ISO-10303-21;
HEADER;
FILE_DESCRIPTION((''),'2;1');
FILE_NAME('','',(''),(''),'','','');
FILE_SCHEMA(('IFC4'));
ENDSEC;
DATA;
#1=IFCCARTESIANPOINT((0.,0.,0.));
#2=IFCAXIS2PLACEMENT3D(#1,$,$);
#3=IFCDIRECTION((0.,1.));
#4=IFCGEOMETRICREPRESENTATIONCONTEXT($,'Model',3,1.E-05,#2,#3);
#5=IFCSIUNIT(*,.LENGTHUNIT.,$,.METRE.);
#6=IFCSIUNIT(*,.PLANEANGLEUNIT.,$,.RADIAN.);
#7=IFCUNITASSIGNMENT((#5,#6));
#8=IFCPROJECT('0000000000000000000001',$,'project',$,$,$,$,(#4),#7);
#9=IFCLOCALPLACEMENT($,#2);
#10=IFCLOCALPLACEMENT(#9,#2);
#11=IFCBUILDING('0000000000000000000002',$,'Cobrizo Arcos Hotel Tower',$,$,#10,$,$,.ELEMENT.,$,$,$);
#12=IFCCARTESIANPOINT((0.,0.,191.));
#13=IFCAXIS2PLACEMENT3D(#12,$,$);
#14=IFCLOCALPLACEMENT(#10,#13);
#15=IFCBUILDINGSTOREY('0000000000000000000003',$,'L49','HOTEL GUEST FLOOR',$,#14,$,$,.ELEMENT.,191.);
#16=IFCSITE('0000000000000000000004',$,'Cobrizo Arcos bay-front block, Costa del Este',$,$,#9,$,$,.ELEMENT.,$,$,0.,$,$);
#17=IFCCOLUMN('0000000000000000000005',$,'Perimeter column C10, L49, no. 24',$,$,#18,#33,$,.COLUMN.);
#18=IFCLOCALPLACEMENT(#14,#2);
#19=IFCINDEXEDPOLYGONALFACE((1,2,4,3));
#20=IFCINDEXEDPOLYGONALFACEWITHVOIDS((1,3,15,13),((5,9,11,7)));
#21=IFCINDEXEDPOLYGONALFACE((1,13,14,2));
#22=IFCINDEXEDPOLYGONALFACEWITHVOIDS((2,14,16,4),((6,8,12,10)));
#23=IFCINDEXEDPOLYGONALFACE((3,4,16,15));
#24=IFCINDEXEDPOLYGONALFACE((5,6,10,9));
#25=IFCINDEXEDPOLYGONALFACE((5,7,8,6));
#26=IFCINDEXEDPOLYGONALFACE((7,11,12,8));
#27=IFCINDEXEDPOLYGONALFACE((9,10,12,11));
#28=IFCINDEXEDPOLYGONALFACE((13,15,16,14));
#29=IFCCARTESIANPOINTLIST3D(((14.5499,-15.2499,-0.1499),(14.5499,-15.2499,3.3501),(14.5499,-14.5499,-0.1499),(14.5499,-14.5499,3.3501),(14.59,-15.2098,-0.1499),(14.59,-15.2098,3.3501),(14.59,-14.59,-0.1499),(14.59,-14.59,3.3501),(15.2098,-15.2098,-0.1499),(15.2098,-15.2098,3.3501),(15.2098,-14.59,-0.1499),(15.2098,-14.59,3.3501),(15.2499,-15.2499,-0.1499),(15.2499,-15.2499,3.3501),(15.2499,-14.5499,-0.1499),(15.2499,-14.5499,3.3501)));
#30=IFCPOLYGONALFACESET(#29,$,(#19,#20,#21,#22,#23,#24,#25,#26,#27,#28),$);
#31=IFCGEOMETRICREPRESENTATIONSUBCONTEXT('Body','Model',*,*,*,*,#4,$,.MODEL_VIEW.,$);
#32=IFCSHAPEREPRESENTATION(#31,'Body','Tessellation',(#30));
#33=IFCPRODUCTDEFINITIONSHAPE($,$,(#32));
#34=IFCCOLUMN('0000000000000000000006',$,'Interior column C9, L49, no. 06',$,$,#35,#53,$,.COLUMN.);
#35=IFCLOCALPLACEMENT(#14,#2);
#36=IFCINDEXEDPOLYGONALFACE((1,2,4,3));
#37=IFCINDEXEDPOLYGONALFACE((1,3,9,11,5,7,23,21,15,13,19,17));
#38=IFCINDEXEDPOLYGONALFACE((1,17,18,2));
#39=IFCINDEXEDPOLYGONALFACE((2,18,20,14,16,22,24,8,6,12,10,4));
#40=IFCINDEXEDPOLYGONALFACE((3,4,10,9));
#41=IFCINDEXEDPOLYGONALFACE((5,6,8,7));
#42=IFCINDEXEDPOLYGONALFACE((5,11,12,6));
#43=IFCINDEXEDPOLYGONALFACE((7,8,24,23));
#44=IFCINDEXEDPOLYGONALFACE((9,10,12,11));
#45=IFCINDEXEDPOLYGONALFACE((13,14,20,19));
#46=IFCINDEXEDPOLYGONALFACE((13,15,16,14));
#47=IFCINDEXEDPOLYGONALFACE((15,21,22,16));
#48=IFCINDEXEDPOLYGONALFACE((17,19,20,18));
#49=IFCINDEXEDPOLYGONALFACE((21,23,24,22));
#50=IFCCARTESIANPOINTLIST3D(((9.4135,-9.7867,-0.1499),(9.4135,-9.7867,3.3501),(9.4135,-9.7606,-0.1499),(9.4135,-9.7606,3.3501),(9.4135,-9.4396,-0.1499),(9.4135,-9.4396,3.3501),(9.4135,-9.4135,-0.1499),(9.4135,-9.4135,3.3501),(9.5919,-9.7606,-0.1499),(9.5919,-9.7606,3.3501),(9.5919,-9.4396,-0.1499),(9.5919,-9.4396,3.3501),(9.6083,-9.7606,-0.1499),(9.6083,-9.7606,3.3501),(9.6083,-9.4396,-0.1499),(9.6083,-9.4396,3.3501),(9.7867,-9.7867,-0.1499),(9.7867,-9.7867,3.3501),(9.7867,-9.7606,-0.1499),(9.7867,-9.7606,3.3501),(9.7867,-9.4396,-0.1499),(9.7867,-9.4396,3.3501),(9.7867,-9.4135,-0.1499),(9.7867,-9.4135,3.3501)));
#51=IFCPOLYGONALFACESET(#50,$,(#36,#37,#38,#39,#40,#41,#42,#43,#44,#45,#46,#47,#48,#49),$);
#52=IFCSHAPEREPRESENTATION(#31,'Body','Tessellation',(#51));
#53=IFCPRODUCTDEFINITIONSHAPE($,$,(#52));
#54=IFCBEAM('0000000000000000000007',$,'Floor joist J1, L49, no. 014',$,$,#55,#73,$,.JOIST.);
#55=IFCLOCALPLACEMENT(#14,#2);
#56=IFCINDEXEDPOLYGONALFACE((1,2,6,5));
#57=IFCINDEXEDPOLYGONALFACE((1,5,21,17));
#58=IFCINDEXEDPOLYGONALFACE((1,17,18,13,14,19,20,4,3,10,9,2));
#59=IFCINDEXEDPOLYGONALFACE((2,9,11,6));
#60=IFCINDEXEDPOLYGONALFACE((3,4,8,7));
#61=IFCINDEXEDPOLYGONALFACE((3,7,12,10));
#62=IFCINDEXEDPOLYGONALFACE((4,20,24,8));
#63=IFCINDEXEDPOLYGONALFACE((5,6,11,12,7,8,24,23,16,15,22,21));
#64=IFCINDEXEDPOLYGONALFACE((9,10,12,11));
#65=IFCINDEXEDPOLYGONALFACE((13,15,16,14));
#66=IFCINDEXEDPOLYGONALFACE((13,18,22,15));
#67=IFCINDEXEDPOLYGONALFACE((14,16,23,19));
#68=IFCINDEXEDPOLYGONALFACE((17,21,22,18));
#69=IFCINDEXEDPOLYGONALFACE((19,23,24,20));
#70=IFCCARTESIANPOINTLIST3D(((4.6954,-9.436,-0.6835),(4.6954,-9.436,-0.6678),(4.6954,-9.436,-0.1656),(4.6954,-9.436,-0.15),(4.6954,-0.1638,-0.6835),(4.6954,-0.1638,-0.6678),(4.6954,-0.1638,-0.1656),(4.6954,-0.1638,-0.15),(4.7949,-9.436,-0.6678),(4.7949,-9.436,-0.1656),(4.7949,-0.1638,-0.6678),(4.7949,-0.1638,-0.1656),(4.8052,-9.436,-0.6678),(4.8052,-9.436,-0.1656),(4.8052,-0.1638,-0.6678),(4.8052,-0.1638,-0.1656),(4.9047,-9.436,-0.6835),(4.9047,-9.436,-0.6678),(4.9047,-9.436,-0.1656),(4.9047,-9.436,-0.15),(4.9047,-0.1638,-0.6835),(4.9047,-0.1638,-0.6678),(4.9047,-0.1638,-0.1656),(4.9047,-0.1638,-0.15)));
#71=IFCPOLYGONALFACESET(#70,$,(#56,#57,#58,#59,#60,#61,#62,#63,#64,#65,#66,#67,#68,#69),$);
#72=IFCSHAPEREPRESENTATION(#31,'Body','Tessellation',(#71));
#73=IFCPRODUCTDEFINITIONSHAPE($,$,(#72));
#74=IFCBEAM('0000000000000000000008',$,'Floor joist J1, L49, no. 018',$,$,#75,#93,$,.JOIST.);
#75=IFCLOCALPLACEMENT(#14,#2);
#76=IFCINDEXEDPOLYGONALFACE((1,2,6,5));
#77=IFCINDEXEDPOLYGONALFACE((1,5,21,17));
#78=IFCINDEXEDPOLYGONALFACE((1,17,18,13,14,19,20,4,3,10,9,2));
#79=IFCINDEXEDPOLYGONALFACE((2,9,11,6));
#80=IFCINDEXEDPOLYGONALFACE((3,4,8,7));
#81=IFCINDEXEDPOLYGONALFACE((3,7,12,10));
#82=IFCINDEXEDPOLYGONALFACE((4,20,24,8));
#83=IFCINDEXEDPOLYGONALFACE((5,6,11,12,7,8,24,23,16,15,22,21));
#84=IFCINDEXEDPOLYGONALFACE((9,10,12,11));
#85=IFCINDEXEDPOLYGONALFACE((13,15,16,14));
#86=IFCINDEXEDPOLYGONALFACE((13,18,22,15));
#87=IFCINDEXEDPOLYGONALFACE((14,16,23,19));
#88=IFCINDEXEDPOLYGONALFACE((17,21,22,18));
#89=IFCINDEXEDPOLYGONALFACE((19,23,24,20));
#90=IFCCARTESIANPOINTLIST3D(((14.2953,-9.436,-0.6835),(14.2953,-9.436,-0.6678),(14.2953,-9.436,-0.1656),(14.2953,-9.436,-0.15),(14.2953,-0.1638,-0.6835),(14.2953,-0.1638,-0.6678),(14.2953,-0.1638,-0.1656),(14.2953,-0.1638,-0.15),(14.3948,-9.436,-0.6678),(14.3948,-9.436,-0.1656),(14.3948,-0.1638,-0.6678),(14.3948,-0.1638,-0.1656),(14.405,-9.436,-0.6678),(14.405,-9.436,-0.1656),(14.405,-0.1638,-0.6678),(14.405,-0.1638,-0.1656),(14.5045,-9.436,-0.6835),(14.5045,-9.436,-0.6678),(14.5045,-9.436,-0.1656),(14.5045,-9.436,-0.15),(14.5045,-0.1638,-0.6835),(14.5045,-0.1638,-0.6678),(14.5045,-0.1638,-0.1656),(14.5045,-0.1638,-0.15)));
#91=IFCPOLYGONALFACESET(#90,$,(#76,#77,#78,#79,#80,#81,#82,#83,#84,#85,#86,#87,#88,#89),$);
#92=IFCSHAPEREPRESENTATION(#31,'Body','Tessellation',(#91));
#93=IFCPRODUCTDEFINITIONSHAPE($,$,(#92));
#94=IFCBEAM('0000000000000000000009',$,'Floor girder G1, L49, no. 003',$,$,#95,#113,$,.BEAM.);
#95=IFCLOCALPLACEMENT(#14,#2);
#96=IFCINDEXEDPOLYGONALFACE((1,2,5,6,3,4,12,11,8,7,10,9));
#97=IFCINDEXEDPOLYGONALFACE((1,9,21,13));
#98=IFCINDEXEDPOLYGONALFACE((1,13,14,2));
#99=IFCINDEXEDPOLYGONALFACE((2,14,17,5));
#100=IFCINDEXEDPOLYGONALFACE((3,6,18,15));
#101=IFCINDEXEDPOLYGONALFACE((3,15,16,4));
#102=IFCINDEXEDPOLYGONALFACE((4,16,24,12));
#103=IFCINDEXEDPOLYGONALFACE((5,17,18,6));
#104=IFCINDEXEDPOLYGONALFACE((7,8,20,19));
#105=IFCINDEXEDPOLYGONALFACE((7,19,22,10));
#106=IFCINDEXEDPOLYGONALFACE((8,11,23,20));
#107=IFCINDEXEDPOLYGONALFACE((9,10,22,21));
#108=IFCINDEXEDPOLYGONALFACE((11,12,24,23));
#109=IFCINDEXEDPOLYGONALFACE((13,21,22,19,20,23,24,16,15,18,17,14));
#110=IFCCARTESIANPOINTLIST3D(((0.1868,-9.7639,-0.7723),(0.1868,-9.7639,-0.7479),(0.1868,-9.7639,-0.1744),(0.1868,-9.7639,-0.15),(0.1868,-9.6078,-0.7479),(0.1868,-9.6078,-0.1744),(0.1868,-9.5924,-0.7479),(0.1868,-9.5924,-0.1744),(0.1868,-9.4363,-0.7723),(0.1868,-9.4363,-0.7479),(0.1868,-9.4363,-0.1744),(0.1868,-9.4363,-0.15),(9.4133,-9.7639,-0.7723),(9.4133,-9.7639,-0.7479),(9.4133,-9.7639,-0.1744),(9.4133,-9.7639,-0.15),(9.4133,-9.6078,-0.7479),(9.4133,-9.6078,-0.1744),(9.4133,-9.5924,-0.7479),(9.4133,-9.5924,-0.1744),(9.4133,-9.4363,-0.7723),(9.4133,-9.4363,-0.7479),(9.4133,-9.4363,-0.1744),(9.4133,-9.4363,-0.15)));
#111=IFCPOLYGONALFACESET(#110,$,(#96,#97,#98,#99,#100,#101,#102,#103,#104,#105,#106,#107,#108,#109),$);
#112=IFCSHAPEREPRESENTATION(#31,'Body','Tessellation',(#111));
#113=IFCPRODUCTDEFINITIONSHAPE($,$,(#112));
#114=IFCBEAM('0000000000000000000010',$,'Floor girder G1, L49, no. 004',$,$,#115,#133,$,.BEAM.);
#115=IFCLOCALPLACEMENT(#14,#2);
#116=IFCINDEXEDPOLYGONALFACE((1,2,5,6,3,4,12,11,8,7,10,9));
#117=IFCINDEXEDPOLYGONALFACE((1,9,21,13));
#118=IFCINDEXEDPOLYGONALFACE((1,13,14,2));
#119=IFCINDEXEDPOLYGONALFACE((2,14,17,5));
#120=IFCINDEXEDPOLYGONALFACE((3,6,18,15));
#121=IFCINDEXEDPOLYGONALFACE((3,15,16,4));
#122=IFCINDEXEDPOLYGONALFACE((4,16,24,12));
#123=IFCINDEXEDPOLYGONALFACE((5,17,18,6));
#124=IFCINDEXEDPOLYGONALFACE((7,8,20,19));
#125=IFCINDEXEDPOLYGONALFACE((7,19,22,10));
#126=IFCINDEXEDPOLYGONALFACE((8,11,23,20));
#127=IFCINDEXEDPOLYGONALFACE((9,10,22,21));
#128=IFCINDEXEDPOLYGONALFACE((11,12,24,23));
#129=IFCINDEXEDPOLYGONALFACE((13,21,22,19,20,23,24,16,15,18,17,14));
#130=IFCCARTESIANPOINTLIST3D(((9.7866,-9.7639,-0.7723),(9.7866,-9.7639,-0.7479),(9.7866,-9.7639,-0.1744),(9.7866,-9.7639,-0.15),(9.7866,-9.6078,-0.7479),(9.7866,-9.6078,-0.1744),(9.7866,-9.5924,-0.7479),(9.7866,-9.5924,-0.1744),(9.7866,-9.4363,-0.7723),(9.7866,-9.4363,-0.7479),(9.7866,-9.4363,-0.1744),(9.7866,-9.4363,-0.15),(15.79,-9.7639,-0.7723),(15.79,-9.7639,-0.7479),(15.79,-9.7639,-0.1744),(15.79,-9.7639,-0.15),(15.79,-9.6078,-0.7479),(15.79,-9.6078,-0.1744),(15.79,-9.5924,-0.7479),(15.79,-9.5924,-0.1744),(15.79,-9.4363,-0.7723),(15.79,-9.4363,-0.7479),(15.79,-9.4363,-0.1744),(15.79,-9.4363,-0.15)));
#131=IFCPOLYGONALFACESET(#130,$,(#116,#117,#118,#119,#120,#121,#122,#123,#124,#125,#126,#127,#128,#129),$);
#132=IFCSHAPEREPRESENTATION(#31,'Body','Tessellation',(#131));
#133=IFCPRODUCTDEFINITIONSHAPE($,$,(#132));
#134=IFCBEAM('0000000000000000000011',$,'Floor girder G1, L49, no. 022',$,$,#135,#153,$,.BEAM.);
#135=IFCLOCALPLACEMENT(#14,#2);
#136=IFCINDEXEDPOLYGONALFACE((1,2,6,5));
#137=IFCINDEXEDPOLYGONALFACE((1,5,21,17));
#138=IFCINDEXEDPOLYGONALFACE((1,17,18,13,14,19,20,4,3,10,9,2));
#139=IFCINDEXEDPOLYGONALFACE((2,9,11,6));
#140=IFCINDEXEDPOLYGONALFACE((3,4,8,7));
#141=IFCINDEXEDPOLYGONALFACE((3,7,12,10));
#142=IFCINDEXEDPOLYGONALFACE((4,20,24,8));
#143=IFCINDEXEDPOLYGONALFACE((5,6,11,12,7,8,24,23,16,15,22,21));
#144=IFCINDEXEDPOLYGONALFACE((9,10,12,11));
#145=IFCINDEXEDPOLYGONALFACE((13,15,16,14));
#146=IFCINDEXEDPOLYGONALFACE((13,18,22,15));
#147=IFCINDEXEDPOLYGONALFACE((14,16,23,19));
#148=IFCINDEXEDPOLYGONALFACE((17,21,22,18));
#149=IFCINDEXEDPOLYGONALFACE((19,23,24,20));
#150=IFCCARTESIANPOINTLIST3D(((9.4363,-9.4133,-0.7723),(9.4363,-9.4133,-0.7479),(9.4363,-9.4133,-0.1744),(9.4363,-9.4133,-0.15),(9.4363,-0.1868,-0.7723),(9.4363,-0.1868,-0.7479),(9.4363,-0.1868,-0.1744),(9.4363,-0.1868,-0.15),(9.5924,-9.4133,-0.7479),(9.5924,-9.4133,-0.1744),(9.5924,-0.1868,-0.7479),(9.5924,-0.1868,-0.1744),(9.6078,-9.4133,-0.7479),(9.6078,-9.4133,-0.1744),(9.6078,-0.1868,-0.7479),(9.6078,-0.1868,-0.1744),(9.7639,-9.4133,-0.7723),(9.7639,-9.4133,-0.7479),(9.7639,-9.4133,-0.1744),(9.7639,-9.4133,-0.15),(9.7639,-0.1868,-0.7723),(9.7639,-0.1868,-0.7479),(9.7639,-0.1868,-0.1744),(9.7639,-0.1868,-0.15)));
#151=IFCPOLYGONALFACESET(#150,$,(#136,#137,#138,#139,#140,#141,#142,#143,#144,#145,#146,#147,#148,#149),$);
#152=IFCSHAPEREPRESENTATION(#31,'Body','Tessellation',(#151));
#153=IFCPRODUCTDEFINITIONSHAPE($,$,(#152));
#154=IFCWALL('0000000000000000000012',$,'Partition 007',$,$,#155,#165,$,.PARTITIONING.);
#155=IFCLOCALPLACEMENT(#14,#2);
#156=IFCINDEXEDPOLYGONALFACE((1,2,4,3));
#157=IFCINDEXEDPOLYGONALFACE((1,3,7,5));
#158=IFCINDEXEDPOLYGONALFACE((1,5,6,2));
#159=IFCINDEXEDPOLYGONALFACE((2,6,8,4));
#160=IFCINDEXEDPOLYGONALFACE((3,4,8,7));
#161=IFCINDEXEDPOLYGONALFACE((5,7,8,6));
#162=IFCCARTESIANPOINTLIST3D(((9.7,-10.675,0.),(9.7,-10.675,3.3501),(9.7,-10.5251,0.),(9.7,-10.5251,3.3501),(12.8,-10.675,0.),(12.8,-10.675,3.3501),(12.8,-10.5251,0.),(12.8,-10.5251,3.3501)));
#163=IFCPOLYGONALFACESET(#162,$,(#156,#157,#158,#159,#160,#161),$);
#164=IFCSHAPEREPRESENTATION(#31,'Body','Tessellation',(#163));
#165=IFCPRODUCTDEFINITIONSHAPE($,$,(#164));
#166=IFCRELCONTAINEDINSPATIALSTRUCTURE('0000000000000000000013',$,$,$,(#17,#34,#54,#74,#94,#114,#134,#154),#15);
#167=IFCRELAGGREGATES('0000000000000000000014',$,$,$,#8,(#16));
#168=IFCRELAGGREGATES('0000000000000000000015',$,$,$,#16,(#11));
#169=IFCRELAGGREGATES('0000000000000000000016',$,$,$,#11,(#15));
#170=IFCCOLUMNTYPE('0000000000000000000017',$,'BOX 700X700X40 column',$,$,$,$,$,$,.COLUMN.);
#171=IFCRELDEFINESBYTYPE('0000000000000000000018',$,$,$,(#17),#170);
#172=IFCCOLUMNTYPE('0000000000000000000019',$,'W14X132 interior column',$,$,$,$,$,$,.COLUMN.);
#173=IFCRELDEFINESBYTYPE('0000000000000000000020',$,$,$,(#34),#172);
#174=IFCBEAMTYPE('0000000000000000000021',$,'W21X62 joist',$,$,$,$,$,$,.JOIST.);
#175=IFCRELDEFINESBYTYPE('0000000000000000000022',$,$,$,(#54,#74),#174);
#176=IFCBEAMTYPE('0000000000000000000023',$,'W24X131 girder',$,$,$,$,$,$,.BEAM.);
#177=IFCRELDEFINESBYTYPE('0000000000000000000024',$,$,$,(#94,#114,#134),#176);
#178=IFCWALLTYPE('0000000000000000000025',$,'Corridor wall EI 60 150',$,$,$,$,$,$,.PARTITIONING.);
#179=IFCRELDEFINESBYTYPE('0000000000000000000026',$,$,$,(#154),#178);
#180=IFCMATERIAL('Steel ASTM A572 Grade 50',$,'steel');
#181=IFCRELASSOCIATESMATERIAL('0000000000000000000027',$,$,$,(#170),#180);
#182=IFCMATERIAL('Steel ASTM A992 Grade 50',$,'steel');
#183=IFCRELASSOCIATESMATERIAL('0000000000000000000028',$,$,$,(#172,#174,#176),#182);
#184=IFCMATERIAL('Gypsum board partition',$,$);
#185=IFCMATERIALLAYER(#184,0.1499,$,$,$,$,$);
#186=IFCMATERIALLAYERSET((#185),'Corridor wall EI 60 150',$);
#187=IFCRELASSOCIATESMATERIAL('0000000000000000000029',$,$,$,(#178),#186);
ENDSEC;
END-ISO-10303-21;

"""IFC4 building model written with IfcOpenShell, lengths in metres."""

from ifc_helpers import new_model, si_unit, direction, frame, frame_2d, origin, origin_2d, place, context, subcontext, project, spatial, rectangle, hollow_rectangle, i_section, extrude, material, layer, layer_set, material_profile, profile_set, type_object, element, save


model = new_model("IFC4")

# Units and contexts
model_context = context("Model", 3, precision=1e-05, world=origin(), true_north=direction((0.0, 1.0)))
body_context = subcontext(model_context, "Body", "Model", "MODEL_VIEW")
ifc_project = project(units=[si_unit("LENGTHUNIT", "METRE"), si_unit("PLANEANGLEUNIT", "RADIAN")], contexts=[model_context])

# Site, building, storey
site_placement = place(None, origin())
site = spatial("IfcSite", under=ifc_project, at=site_placement, Name="Cobrizo Arcos bay-front block, Costa del Este", CompositionType="ELEMENT", RefElevation=0.0)
building_placement = place(site_placement, origin())
building = spatial("IfcBuilding", under=site, at=building_placement, Name="Cobrizo Arcos Hotel Tower", CompositionType="ELEMENT")
storey_placement = place(building_placement, frame((0.0, 0.0, 191.0)))
storey = spatial("IfcBuildingStorey", under=building, at=storey_placement, Name="L49", Description="HOTEL GUEST FLOOR", CompositionType="ELEMENT", Elevation=191.0)

# Columns
ifc_material_1 = material(Name="Steel ASTM A572 Grade 50", Category="steel")
ifc_material_profile_1 = material_profile(ifc_material_1, hollow_rectangle(XDim=0.7, YDim=0.7, WallThickness=0.04, at=origin_2d()), Name="BOX 700X700X40")
ifc_profile_set_1 = profile_set([ifc_material_profile_1], Name="Steel ASTM A572 Grade 50")
column_type_1 = type_object("IfcColumnType", Name="BOX 700X700X40 column", PredefinedType="COLUMN", material=ifc_profile_set_1)
column_1_placement = place(storey_placement, frame((14.8999, -14.8999, -0.1499), z_axis=(0.0, 0.0, 1.0), x_axis=(1.0, 0.0, 0.0)))
element("IfcColumn", 1, at=column_1_placement, inside=storey, type_object=column_type_1, Name="Perimeter column C10, L49, no. 24", PredefinedType="COLUMN", context=body_context, shape_type="SweptSolid", body=[
    extrude(hollow_rectangle(XDim=0.7, YDim=0.7, WallThickness=0.04, at=origin_2d()), origin(), (0.0, 0.0, 1.0), 3.5),
])
ifc_material_2 = material(Name="Steel ASTM A992 Grade 50", Category="steel")
ifc_material_profile_2 = material_profile(ifc_material_2, i_section(OverallWidth=0.3733, OverallDepth=0.3733, WebThickness=0.0164, FlangeThickness=0.0261, at=origin_2d()), Name="W14X132")
ifc_profile_set_2 = profile_set([ifc_material_profile_2], Name="Steel ASTM A992 Grade 50")
column_type_2 = type_object("IfcColumnType", Name="W14X132 interior column", PredefinedType="COLUMN", material=ifc_profile_set_2)
column_2_placement = place(storey_placement, frame((9.6001, -9.6001, -0.1499), z_axis=(0.0, 0.0, 1.0), x_axis=(1.0, 0.0, 0.0)))
element("IfcColumn", 2, at=column_2_placement, inside=storey, type_object=column_type_2, Name="Interior column C9, L49, no. 06", PredefinedType="COLUMN", context=body_context, shape_type="SweptSolid", body=[
    extrude(i_section(OverallWidth=0.3733, OverallDepth=0.3733, WebThickness=0.0164, FlangeThickness=0.0261, at=origin_2d()), origin(), (0.0, 0.0, 1.0), 3.5),
])

# Beams
ifc_material_profile_3 = material_profile(ifc_material_2, i_section(OverallWidth=0.2092, OverallDepth=0.5334, WebThickness=0.0103, FlangeThickness=0.0156, at=origin_2d()), Name="W21X62")
ifc_profile_set_3 = profile_set([ifc_material_profile_3], Name="Steel ASTM A992 Grade 50")
beam_type_1 = type_object("IfcBeamType", Name="W21X62 joist", PredefinedType="JOIST", material=ifc_profile_set_3)
for number, where, z_axis, x_axis, name in (
    (3, (4.8, -9.436, -0.4167), (0.0, 1.0, 0.0), (-1.0, 0.0, 0.0), "Floor joist J1, L49, no. 014"),
    (4, (14.3999, -9.436, -0.4167), (0.0, 1.0, 0.0), (-1.0, 0.0, 0.0), "Floor joist J1, L49, no. 018"),
):
    element("IfcBeam", number, at=place(storey_placement, frame(where, z_axis=z_axis, x_axis=x_axis)), inside=storey, type_object=beam_type_1, Name=name, PredefinedType="JOIST", context=body_context, shape_type="SweptSolid", body=[
        extrude(i_section(OverallWidth=0.2092, OverallDepth=0.5334, WebThickness=0.0103, FlangeThickness=0.0156, at=origin_2d()), origin(), (0.0, 0.0, 1.0), 9.2722),
    ])
ifc_material_profile_4 = material_profile(ifc_material_2, i_section(OverallWidth=0.3276, OverallDepth=0.6223, WebThickness=0.0154, FlangeThickness=0.0244, at=origin_2d()), Name="W24X131")
ifc_profile_set_4 = profile_set([ifc_material_profile_4], Name="Steel ASTM A992 Grade 50")
beam_type_2 = type_object("IfcBeamType", Name="W24X131 girder", PredefinedType="BEAM", material=ifc_profile_set_4)
beam_1_placement = place(storey_placement, frame((0.1868, -9.6001, -0.4612), z_axis=(1.0, 0.0, 0.0), x_axis=(0.0, 1.0, 0.0)))
element("IfcBeam", 5, at=beam_1_placement, inside=storey, type_object=beam_type_2, Name="Floor girder G1, L49, no. 003", PredefinedType="BEAM", context=body_context, shape_type="SweptSolid", body=[
    extrude(i_section(OverallWidth=0.3276, OverallDepth=0.6223, WebThickness=0.0154, FlangeThickness=0.0244, at=origin_2d()), origin(), (0.0, 0.0, 1.0), 9.2266),
])
beam_2_placement = place(storey_placement, frame((9.7866, -9.6001, -0.4612), z_axis=(1.0, 0.0, 0.0), x_axis=(0.0, 1.0, 0.0)))
element("IfcBeam", 6, at=beam_2_placement, inside=storey, type_object=beam_type_2, Name="Floor girder G1, L49, no. 004", PredefinedType="BEAM", context=body_context, shape_type="SweptSolid", body=[
    extrude(i_section(OverallWidth=0.3276, OverallDepth=0.6223, WebThickness=0.0154, FlangeThickness=0.0244, at=origin_2d()), origin(), (0.0, 0.0, 1.0), 6.0034),
])
beam_3_placement = place(storey_placement, frame((9.6001, -9.4133, -0.4612), z_axis=(0.0, 1.0, 0.0), x_axis=(-1.0, 0.0, 0.0)))
element("IfcBeam", 7, at=beam_3_placement, inside=storey, type_object=beam_type_2, Name="Floor girder G1, L49, no. 022", PredefinedType="BEAM", context=body_context, shape_type="SweptSolid", body=[
    extrude(i_section(OverallWidth=0.3276, OverallDepth=0.6223, WebThickness=0.0154, FlangeThickness=0.0244, at=origin_2d()), origin(), (0.0, 0.0, 1.0), 9.2266),
])

# Wall
ifc_material_3 = material(Name="Gypsum board partition")
ifc_layer_1 = layer(ifc_material_3, 0.1499)
ifc_layer_set_1 = layer_set([ifc_layer_1], Name="Corridor wall EI 60 150")
wall_type_1 = type_object("IfcWallType", Name="Corridor wall EI 60 150", PredefinedType="PARTITIONING", material=ifc_layer_set_1)
wall_1_placement = place(storey_placement, frame((9.7, -10.6001, 0.0), z_axis=(0.0, 0.0, 1.0), x_axis=(1.0, 0.0, 0.0)))
element("IfcWall", 8, at=wall_1_placement, inside=storey, type_object=wall_type_1, Name="Partition 007", PredefinedType="PARTITIONING", context=body_context, shape_type="SweptSolid", body=[
    extrude(rectangle(XDim=3.1001, YDim=0.1499, at=frame_2d((1.55, 0.0))), origin(), (0.0, 0.0, 1.0), 3.3501),
])

save(model, "model.ifc")
